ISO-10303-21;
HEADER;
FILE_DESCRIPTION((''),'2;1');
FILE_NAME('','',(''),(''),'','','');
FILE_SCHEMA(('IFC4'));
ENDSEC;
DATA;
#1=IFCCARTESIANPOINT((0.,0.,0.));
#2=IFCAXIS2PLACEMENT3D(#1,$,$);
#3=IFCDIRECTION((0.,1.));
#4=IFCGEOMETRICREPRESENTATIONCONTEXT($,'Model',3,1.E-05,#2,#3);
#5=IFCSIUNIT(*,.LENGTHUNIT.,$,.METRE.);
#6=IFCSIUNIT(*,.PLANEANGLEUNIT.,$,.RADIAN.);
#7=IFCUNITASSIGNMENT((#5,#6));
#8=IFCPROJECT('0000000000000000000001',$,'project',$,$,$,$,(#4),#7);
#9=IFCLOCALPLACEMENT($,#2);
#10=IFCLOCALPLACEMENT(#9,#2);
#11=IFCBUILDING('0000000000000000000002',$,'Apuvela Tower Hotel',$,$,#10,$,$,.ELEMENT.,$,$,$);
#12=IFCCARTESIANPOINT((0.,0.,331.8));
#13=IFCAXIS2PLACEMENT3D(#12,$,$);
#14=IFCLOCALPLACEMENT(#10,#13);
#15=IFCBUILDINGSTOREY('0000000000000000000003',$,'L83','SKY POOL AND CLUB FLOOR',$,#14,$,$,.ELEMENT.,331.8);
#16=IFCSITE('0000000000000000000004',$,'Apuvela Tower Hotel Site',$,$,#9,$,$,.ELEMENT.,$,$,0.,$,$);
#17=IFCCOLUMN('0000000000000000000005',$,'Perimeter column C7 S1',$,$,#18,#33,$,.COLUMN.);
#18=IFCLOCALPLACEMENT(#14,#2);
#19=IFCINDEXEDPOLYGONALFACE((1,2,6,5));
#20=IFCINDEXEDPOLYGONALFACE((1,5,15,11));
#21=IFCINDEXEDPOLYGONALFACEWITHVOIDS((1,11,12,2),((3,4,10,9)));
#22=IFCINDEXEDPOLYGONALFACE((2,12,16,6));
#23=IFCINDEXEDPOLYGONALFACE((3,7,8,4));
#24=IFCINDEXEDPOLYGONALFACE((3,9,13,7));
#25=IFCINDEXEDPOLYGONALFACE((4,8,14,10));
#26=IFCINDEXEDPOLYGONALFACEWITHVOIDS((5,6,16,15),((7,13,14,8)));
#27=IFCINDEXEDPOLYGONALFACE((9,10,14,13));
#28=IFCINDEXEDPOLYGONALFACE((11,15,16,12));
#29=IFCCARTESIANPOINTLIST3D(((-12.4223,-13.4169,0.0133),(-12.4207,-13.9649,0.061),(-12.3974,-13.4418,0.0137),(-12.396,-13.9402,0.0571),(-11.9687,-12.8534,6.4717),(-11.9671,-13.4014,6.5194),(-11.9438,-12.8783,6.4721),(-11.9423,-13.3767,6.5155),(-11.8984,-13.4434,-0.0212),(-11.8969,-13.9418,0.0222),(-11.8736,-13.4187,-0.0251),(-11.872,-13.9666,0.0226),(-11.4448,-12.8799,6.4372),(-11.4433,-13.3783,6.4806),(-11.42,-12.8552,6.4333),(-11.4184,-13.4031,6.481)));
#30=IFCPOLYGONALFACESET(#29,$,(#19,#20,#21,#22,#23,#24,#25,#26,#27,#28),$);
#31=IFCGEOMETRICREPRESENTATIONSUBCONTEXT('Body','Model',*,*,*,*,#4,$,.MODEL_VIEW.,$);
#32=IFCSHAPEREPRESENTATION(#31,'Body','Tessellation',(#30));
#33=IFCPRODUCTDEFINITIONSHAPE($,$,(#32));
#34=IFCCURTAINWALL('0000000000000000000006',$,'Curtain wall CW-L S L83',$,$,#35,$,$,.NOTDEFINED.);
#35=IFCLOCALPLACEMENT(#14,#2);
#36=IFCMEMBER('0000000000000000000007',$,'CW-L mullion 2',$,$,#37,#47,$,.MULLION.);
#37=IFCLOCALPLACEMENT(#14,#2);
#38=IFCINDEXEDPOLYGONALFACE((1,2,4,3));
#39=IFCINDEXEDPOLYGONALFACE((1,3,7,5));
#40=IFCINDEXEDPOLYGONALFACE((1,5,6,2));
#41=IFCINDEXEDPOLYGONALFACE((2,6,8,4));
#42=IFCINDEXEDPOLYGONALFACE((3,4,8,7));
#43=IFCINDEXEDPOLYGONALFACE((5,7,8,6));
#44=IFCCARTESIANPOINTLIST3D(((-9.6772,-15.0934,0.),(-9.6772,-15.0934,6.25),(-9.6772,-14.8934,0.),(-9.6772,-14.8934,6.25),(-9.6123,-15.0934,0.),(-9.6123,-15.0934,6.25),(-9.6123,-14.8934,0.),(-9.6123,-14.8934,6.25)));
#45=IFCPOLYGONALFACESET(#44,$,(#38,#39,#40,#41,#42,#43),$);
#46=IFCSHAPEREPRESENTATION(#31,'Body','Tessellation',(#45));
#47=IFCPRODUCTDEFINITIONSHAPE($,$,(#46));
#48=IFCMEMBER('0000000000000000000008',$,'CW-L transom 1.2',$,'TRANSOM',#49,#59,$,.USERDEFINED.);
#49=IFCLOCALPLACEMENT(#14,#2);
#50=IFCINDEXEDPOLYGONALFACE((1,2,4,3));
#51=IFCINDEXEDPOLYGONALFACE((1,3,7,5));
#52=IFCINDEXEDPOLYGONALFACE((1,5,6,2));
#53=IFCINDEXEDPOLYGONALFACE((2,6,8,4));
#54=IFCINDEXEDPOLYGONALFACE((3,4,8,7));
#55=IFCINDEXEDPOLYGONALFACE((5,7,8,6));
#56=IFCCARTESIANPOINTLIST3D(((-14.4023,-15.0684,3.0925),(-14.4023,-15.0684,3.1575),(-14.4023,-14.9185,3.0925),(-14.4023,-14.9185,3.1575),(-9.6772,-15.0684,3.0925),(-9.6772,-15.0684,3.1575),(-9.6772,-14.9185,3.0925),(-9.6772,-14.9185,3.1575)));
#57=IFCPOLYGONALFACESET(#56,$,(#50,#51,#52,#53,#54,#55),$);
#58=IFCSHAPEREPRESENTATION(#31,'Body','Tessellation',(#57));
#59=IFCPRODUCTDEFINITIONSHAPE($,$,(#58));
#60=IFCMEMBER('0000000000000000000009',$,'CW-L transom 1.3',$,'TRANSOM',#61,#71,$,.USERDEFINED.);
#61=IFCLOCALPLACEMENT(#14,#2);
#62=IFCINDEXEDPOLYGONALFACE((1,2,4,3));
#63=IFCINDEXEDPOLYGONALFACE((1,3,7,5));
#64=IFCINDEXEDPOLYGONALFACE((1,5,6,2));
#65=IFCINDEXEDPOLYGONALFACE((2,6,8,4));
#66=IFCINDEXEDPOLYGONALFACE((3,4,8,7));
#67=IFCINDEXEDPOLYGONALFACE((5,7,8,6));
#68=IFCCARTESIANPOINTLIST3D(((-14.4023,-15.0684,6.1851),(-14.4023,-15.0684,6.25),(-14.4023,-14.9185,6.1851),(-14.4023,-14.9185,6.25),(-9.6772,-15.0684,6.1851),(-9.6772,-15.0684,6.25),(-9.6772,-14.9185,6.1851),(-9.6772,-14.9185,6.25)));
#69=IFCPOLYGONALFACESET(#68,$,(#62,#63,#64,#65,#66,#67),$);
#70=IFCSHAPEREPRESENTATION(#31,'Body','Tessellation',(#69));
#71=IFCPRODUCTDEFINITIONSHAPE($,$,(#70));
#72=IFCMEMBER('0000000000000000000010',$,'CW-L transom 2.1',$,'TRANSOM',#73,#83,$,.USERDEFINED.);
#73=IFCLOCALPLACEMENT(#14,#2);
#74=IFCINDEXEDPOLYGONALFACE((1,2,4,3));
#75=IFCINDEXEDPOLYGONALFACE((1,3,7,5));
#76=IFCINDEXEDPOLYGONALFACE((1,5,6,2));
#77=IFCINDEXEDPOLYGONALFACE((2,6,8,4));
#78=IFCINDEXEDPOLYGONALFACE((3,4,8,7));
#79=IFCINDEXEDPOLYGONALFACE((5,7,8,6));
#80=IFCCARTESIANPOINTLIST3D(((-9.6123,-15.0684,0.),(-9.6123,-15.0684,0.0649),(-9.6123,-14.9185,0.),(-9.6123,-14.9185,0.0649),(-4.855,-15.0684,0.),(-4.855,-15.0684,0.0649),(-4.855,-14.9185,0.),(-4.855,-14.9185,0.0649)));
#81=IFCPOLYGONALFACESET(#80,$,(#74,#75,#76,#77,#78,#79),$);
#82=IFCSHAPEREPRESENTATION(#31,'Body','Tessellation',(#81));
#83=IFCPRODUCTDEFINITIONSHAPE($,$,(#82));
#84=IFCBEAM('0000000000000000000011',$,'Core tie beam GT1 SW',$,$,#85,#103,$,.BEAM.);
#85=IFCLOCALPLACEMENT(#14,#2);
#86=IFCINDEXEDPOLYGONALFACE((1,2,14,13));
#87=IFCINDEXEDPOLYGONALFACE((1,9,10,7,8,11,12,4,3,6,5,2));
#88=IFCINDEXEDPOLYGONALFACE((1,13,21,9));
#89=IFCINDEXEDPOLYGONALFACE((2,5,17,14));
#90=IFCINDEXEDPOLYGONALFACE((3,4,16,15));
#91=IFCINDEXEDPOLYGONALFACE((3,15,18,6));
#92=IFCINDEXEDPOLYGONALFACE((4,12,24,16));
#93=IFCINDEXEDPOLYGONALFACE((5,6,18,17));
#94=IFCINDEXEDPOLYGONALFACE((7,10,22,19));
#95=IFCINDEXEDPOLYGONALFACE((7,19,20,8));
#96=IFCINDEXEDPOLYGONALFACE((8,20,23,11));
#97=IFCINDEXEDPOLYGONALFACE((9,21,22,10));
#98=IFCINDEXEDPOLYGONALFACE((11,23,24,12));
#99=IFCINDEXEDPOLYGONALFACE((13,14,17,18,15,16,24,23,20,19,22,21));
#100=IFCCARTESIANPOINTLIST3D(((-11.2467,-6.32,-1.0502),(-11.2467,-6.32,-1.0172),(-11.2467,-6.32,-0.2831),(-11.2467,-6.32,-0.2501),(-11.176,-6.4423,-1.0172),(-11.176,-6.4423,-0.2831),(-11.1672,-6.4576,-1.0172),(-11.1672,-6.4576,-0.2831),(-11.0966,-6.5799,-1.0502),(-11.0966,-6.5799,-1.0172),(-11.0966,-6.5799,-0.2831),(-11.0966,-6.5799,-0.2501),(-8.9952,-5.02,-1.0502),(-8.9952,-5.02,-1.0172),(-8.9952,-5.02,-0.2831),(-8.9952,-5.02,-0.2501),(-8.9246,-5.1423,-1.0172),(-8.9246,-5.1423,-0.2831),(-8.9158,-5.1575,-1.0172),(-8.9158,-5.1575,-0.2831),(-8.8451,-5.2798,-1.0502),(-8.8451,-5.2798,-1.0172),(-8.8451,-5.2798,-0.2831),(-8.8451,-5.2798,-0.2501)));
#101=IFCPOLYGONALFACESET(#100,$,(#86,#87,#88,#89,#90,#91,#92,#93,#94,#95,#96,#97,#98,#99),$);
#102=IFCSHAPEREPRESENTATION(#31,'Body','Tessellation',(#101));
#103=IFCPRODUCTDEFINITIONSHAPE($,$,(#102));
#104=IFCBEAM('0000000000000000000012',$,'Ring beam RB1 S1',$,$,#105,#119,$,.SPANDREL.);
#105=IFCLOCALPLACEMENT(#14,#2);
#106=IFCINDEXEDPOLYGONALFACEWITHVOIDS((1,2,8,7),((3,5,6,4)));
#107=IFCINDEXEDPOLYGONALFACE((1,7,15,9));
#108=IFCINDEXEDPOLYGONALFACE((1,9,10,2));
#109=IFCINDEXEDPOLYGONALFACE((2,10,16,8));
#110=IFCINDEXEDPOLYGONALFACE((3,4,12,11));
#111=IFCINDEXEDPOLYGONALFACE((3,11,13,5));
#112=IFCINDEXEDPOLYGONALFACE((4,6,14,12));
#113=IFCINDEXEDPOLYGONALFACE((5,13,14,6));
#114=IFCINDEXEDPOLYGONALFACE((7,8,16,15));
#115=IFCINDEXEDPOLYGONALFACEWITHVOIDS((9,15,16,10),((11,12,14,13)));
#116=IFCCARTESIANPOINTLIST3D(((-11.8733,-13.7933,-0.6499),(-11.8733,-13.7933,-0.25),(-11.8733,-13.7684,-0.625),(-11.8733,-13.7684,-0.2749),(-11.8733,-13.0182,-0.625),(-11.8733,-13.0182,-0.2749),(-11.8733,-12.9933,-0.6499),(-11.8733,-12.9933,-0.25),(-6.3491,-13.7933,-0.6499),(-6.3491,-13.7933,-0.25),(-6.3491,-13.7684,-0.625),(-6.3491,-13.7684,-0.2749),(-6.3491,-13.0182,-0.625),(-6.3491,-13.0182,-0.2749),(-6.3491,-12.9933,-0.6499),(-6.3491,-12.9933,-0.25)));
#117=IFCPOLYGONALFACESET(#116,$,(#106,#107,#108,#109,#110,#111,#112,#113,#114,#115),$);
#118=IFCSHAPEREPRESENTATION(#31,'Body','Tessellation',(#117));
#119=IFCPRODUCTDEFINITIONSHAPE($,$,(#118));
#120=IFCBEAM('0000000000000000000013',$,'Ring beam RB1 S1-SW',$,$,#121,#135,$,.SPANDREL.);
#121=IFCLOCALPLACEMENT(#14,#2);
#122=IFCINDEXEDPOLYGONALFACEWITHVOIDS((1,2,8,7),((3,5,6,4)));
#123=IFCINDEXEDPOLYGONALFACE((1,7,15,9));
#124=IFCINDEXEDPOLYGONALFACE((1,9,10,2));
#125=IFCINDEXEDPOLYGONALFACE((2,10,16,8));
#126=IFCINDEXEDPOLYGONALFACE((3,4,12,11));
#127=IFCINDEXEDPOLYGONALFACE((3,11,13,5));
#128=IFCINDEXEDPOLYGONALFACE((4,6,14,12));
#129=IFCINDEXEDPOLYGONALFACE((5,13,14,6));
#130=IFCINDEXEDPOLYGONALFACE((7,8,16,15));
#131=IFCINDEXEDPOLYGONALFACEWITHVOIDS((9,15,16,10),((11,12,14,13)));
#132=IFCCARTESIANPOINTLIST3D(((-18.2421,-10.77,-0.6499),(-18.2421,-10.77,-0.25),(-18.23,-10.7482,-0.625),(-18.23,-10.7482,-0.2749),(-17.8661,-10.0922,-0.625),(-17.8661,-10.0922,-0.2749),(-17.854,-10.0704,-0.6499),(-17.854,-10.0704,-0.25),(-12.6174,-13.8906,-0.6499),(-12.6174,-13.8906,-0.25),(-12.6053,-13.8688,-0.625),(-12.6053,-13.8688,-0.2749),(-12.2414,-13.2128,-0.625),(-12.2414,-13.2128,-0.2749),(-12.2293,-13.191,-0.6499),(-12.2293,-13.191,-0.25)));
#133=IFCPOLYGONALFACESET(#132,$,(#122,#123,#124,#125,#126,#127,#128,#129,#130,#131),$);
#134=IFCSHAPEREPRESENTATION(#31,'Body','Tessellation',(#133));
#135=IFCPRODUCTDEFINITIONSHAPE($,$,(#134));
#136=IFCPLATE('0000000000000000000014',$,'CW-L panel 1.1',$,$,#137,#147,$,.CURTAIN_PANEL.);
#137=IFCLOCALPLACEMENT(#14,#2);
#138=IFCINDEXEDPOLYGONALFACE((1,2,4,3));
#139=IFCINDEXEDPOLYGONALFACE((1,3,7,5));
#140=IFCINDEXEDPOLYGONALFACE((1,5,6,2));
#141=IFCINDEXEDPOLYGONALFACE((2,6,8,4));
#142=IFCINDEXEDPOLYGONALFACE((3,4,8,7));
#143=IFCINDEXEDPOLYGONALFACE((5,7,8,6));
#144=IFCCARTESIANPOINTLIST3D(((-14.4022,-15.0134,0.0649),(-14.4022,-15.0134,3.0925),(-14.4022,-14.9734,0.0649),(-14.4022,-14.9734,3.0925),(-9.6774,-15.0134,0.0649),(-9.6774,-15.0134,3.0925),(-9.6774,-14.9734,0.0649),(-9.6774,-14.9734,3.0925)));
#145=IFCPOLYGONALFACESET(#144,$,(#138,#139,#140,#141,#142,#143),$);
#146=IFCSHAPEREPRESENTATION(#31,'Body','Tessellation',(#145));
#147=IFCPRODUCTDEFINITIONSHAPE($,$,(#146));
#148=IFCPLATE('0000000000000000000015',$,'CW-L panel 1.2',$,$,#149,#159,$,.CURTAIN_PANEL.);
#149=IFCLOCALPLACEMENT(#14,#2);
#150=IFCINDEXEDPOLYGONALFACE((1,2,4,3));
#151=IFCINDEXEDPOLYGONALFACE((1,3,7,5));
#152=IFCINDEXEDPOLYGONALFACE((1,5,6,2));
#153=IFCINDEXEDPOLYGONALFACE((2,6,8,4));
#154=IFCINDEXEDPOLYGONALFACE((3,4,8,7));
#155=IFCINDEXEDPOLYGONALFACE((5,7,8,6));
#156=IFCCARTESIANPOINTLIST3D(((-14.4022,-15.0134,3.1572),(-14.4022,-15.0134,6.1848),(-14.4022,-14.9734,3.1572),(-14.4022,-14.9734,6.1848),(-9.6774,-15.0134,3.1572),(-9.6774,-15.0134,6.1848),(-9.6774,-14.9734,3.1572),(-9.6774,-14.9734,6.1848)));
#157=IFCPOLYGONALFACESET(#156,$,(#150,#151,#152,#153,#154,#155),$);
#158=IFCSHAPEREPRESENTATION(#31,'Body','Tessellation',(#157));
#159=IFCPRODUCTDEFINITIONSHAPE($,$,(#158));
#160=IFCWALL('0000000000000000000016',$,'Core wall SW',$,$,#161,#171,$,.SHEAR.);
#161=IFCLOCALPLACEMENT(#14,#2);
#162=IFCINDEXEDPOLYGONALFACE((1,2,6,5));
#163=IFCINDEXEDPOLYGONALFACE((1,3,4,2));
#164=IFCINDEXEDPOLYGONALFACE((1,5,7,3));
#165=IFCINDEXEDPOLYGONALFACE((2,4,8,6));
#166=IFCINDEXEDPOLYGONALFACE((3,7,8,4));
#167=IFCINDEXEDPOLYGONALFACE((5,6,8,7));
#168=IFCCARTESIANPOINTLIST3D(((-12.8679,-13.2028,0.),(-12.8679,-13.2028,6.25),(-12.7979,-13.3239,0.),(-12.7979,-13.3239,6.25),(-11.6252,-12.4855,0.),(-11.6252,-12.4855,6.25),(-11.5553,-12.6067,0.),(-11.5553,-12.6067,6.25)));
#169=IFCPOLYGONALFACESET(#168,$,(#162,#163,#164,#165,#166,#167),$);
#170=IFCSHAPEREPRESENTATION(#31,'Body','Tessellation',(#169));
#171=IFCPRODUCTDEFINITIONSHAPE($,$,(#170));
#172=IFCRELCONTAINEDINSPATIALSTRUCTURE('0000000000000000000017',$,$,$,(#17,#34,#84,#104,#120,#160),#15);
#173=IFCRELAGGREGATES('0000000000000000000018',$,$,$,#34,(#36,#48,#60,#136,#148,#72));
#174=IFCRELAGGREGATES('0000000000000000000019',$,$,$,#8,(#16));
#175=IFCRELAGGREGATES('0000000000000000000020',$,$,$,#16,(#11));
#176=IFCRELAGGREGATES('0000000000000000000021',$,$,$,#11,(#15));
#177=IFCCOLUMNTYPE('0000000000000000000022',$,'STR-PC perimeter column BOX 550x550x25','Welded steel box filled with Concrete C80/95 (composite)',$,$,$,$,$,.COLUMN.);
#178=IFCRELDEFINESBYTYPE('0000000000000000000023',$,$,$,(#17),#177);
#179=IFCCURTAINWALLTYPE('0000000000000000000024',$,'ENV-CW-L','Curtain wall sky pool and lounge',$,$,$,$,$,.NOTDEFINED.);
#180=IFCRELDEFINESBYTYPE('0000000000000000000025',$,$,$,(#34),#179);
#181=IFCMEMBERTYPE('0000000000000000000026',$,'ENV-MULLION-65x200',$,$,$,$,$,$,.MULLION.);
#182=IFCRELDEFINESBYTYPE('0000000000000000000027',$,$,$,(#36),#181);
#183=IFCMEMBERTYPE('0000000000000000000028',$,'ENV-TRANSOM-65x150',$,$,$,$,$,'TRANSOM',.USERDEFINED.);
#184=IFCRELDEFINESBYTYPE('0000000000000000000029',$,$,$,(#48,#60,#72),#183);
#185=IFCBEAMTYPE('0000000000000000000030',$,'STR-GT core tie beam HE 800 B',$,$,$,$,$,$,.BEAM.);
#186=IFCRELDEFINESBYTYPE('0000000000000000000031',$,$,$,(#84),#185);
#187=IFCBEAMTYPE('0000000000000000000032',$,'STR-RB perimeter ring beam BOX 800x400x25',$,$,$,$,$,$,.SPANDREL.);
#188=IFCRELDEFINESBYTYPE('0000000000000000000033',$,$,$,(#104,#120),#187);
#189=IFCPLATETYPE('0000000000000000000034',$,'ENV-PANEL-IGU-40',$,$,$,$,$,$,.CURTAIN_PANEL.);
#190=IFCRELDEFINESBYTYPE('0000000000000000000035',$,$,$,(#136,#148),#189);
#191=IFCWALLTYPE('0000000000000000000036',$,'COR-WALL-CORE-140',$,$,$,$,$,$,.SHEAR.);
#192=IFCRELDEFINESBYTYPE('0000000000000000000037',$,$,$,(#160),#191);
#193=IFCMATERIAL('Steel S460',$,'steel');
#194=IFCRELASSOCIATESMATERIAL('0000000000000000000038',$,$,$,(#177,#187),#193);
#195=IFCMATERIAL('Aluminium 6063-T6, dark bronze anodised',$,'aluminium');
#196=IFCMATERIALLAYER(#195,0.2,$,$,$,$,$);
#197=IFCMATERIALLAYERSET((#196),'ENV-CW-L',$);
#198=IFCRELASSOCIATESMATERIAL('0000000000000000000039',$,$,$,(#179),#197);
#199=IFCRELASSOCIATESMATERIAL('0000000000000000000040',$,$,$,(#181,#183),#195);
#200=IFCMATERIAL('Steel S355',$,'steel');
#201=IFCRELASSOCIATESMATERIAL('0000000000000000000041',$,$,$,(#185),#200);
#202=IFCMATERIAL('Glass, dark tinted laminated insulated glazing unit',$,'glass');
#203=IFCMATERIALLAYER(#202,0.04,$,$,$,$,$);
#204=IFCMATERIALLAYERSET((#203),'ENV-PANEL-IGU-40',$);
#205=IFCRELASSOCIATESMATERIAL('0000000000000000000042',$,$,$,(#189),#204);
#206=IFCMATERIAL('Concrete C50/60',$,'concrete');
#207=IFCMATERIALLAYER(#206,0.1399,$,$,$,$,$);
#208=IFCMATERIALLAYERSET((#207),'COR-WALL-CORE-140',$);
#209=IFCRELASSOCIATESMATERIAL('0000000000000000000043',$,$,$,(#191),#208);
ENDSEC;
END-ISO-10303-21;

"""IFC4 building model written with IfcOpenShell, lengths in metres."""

from ifc_helpers import new_model, si_unit, direction, frame, frame_2d, origin, origin_2d, place, context, subcontext, project, spatial, rectangle, hollow_rectangle, i_section, extrude, boolean, halfspace, material, layer, layer_set, material_profile, profile_set, type_object, element, aggregate, save


model = new_model("IFC4")

# Units and contexts
model_context = context("Model", 3, precision=1e-05, world=origin(), true_north=direction((0.0, 1.0)))
body_context = subcontext(model_context, "Body", "Model", "MODEL_VIEW")
ifc_project = project(units=[si_unit("LENGTHUNIT", "METRE"), si_unit("PLANEANGLEUNIT", "RADIAN")], contexts=[model_context])

# Site, building, storey
site_placement = place(None, origin())
site = spatial("IfcSite", under=ifc_project, at=site_placement, Name="Apuvela Tower Hotel Site", CompositionType="ELEMENT", RefElevation=0.0)
building_placement = place(site_placement, origin())
building = spatial("IfcBuilding", under=site, at=building_placement, Name="Apuvela Tower Hotel", CompositionType="ELEMENT")
storey_placement = place(building_placement, frame((0.0, 0.0, 331.8)))
storey = spatial("IfcBuildingStorey", under=building, at=storey_placement, Name="L83", Description="SKY POOL AND CLUB FLOOR", CompositionType="ELEMENT", Elevation=331.8)

# Column
ifc_material_1 = material(Name="Steel S460", Category="steel")
ifc_material_profile_1 = material_profile(ifc_material_1, hollow_rectangle(XDim=0.55, YDim=0.55, WallThickness=0.0249, at=origin_2d()), Name="BOX 550x550x25")
ifc_material_2 = material(Name="Concrete C80/95", Category="concrete")
ifc_material_profile_2 = material_profile(ifc_material_2, rectangle(XDim=0.5, YDim=0.5, at=origin_2d()), Name="Concrete C80/95 infill")
ifc_profile_set_1 = profile_set([ifc_material_profile_1, ifc_material_profile_2], Name="Steel S460")
column_type = type_object("IfcColumnType", Name="STR-PC perimeter column BOX 550x550x25", Description="Welded steel box filled with Concrete C80/95 (composite)", PredefinedType="COLUMN", material=ifc_profile_set_1)
column_placement = place(storey_placement, frame((-12.1484, -13.6934, 0.0), z_axis=(0.069801, 0.08671, 0.993785), x_axis=(-0.997557, 0.003155, 0.069791)))
element("IfcColumn", 1, at=column_placement, inside=storey, type_object=column_type, Name="Perimeter column C7 S1", PredefinedType="COLUMN", context=body_context, shape_type="SweptSolid", body=[
    boolean("DIFFERENCE", boolean("DIFFERENCE", extrude(hollow_rectangle(XDim=0.55, YDim=0.55, WallThickness=0.0249, at=origin_2d()), origin(), (0.0, 0.0, 1.0), 6.5405), halfspace(frame((0.0, 0.0, 0.0181), z_axis=(0.0, 0.0, 1.0), x_axis=(1.0, 0.0, 0.0)), True)), halfspace(frame((0.0, 0.0, 6.5168), z_axis=(0.0, 0.0, 1.0), x_axis=(1.0, 0.0, 0.0)), False)),
])

# Curtain wall, members
ifc_material_3 = material(Name="Aluminium 6063-T6, dark bronze anodised", Category="aluminium")
ifc_layer_1 = layer(ifc_material_3, 0.2)
ifc_layer_set_1 = layer_set([ifc_layer_1], Name="ENV-CW-L")
curtain_wall_type = type_object("IfcCurtainWallType", Name="ENV-CW-L", Description="Curtain wall sky pool and lounge", PredefinedType="NOTDEFINED", material=ifc_layer_set_1)
curtain_wall_placement = place(storey_placement, origin())
curtain_wall = element("IfcCurtainWall", 2, at=curtain_wall_placement, inside=storey, type_object=curtain_wall_type, Name="Curtain wall CW-L S L83", PredefinedType="NOTDEFINED")
ifc_material_profile_3 = material_profile(ifc_material_3, rectangle(XDim=0.2, YDim=0.0649, at=origin_2d()), Name="AL 65x200")
ifc_profile_set_2 = profile_set([ifc_material_profile_3], Name="Aluminium 6063-T6, dark bronze anodised")
member_type_1 = type_object("IfcMemberType", Name="ENV-MULLION-65x200", PredefinedType="MULLION", material=ifc_profile_set_2)
member_1_placement = place(storey_placement, frame((-9.6448, -14.9934, 0.0), z_axis=(0.0, 0.0, 1.0), x_axis=(0.0, 1.0, 0.0)))
member_1 = element("IfcMember", 3, at=member_1_placement, type_object=member_type_1, Name="CW-L mullion 2", PredefinedType="MULLION", context=body_context, shape_type="SweptSolid", body=[
    extrude(rectangle(XDim=0.2, YDim=0.0649, at=origin_2d()), origin(), (0.0, 0.0, 1.0), 6.25),
])
ifc_material_profile_4 = material_profile(ifc_material_3, rectangle(XDim=0.1499, YDim=0.0649, at=origin_2d()), Name="AL 65x150 transom")
ifc_profile_set_3 = profile_set([ifc_material_profile_4], Name="Aluminium 6063-T6, dark bronze anodised")
member_type_2 = type_object("IfcMemberType", Name="ENV-TRANSOM-65x150", ElementType="TRANSOM", PredefinedType="USERDEFINED", material=ifc_profile_set_3)
member_2_placement = place(storey_placement, frame((-14.4023, -14.9934, 3.125), z_axis=(1.0, 0.0, 0.0), x_axis=(0.0, 1.0, 0.0)))
member_2 = element("IfcMember", 4, at=member_2_placement, type_object=member_type_2, Name="CW-L transom 1.2", ObjectType="TRANSOM", PredefinedType="USERDEFINED", context=body_context, shape_type="SweptSolid", body=[
    extrude(rectangle(XDim=0.1499, YDim=0.0649, at=origin_2d()), origin(), (0.0, 0.0, 1.0), 4.7251),
])
member_3_placement = place(storey_placement, frame((-14.4023, -14.9934, 6.2175), z_axis=(1.0, 0.0, 0.0), x_axis=(0.0, 1.0, 0.0)))
member_3 = element("IfcMember", 5, at=member_3_placement, type_object=member_type_2, Name="CW-L transom 1.3", ObjectType="TRANSOM", PredefinedType="USERDEFINED", context=body_context, shape_type="SweptSolid", body=[
    extrude(rectangle(XDim=0.1499, YDim=0.0649, at=origin_2d()), origin(), (0.0, 0.0, 1.0), 4.7251),
])
member_4_placement = place(storey_placement, frame((-9.6123, -14.9934, 0.0325), z_axis=(1.0, 0.0, 0.0), x_axis=(0.0, 1.0, 0.0)))
member_4 = element("IfcMember", 6, at=member_4_placement, type_object=member_type_2, Name="CW-L transom 2.1", ObjectType="TRANSOM", PredefinedType="USERDEFINED", context=body_context, shape_type="SweptSolid", body=[
    extrude(rectangle(XDim=0.1499, YDim=0.0649, at=origin_2d()), origin(), (0.0, 0.0, 1.0), 4.7573),
])

# Beams
ifc_material_4 = material(Name="Steel S355", Category="steel")
ifc_material_profile_5 = material_profile(ifc_material_4, i_section(OverallWidth=0.3, OverallDepth=0.8, WebThickness=0.0176, FlangeThickness=0.033, at=origin_2d()), Name="HE 800 B")
ifc_profile_set_4 = profile_set([ifc_material_profile_5], Name="Steel S355")
beam_type_1 = type_object("IfcBeamType", Name="STR-GT core tie beam HE 800 B", PredefinedType="BEAM", material=ifc_profile_set_4)
beam_1_placement = place(storey_placement, frame((-11.1716, -6.45, -0.6501), z_axis=(0.865998, 0.500048, 0.0), x_axis=(-0.500048, 0.865998, 0.0)))
element("IfcBeam", 7, at=beam_1_placement, inside=storey, type_object=beam_type_1, Name="Core tie beam GT1 SW", PredefinedType="BEAM", context=body_context, shape_type="SweptSolid", body=[
    extrude(i_section(OverallWidth=0.3, OverallDepth=0.8, WebThickness=0.0176, FlangeThickness=0.033, at=origin_2d()), origin(), (0.0, 0.0, 1.0), 2.5999),
])
ifc_material_profile_6 = material_profile(ifc_material_1, hollow_rectangle(XDim=0.8, YDim=0.3999, WallThickness=0.0249, at=origin_2d()), Name="BOX 800x400x25")
ifc_profile_set_5 = profile_set([ifc_material_profile_6], Name="Steel S460")
beam_type_2 = type_object("IfcBeamType", Name="STR-RB perimeter ring beam BOX 800x400x25", PredefinedType="SPANDREL", material=ifc_profile_set_5)
beam_2_placement = place(storey_placement, frame((-11.8733, -13.3933, -0.45), z_axis=(1.0, 0.0, 0.0), x_axis=(0.0, 1.0, 0.0)))
element("IfcBeam", 8, at=beam_2_placement, inside=storey, type_object=beam_type_2, Name="Ring beam RB1 S1", PredefinedType="SPANDREL", context=body_context, shape_type="SweptSolid", body=[
    extrude(hollow_rectangle(XDim=0.8, YDim=0.3999, WallThickness=0.0249, at=origin_2d()), origin(), (0.0, 0.0, 1.0), 5.5242),
])
beam_3_placement = place(storey_placement, frame((-12.4233, -13.5408, -0.45), z_axis=(-0.874438, 0.485137, 0.0), x_axis=(-0.485137, -0.874438, 0.0)))
element("IfcBeam", 9, at=beam_3_placement, inside=storey, type_object=beam_type_2, Name="Ring beam RB1 S1-SW", PredefinedType="SPANDREL", context=body_context, shape_type="SweptSolid", body=[
    extrude(hollow_rectangle(XDim=0.8, YDim=0.3999, WallThickness=0.0249, at=origin_2d()), origin(), (0.0, 0.0, 1.0), 6.4324),
])

# Plates
ifc_material_5 = material(Name="Glass, dark tinted laminated insulated glazing unit", Category="glass")
ifc_layer_2 = layer(ifc_material_5, 0.04)
ifc_layer_set_2 = layer_set([ifc_layer_2], Name="ENV-PANEL-IGU-40")
plate_type = type_object("IfcPlateType", Name="ENV-PANEL-IGU-40", PredefinedType="CURTAIN_PANEL", material=ifc_layer_set_2)
plate_1_placement = place(storey_placement, frame((-12.0398, -14.9934, 0.0649), z_axis=(0.0, 0.0, 1.0), x_axis=(1.0, 0.0, 0.0)))
plate_1 = element("IfcPlate", 10, at=plate_1_placement, type_object=plate_type, Name="CW-L panel 1.1", PredefinedType="CURTAIN_PANEL", context=body_context, shape_type="SweptSolid", body=[
    extrude(rectangle(XDim=4.7249, YDim=0.04, at=origin_2d()), origin(), (0.0, 0.0, 1.0), 3.0276),
])
plate_2_placement = place(storey_placement, frame((-12.0398, -14.9934, 3.1572), z_axis=(0.0, 0.0, 1.0), x_axis=(1.0, 0.0, 0.0)))
plate_2 = element("IfcPlate", 11, at=plate_2_placement, type_object=plate_type, Name="CW-L panel 1.2", PredefinedType="CURTAIN_PANEL", context=body_context, shape_type="SweptSolid", body=[
    extrude(rectangle(XDim=4.7249, YDim=0.04, at=origin_2d()), origin(), (0.0, 0.0, 1.0), 3.0276),
])
aggregate(curtain_wall, [member_1, member_2, member_3, plate_1, plate_2, member_4])

# Wall
ifc_material_6 = material(Name="Concrete C50/60", Category="concrete")
ifc_layer_3 = layer(ifc_material_6, 0.1399)
ifc_layer_set_3 = layer_set([ifc_layer_3], Name="COR-WALL-CORE-140")
wall_type_1 = type_object("IfcWallType", Name="COR-WALL-CORE-140", PredefinedType="SHEAR", material=ifc_layer_set_3)
wall_1_placement = place(storey_placement, frame((-11.5903, -12.5461, 0.0), z_axis=(0.0, 0.0, 1.0), x_axis=(-0.866078, -0.499909, 0.0)))
element("IfcWall", 12, at=wall_1_placement, inside=storey, type_object=wall_type_1, Name="Core wall SW", PredefinedType="SHEAR", context=body_context, shape_type="SweptSolid", body=[
    extrude(rectangle(XDim=1.4348, YDim=0.1399, at=frame_2d((0.7173, 0.0))), origin(), (0.0, 0.0, 1.0), 6.25),
])

save(model, "model.ifc")
